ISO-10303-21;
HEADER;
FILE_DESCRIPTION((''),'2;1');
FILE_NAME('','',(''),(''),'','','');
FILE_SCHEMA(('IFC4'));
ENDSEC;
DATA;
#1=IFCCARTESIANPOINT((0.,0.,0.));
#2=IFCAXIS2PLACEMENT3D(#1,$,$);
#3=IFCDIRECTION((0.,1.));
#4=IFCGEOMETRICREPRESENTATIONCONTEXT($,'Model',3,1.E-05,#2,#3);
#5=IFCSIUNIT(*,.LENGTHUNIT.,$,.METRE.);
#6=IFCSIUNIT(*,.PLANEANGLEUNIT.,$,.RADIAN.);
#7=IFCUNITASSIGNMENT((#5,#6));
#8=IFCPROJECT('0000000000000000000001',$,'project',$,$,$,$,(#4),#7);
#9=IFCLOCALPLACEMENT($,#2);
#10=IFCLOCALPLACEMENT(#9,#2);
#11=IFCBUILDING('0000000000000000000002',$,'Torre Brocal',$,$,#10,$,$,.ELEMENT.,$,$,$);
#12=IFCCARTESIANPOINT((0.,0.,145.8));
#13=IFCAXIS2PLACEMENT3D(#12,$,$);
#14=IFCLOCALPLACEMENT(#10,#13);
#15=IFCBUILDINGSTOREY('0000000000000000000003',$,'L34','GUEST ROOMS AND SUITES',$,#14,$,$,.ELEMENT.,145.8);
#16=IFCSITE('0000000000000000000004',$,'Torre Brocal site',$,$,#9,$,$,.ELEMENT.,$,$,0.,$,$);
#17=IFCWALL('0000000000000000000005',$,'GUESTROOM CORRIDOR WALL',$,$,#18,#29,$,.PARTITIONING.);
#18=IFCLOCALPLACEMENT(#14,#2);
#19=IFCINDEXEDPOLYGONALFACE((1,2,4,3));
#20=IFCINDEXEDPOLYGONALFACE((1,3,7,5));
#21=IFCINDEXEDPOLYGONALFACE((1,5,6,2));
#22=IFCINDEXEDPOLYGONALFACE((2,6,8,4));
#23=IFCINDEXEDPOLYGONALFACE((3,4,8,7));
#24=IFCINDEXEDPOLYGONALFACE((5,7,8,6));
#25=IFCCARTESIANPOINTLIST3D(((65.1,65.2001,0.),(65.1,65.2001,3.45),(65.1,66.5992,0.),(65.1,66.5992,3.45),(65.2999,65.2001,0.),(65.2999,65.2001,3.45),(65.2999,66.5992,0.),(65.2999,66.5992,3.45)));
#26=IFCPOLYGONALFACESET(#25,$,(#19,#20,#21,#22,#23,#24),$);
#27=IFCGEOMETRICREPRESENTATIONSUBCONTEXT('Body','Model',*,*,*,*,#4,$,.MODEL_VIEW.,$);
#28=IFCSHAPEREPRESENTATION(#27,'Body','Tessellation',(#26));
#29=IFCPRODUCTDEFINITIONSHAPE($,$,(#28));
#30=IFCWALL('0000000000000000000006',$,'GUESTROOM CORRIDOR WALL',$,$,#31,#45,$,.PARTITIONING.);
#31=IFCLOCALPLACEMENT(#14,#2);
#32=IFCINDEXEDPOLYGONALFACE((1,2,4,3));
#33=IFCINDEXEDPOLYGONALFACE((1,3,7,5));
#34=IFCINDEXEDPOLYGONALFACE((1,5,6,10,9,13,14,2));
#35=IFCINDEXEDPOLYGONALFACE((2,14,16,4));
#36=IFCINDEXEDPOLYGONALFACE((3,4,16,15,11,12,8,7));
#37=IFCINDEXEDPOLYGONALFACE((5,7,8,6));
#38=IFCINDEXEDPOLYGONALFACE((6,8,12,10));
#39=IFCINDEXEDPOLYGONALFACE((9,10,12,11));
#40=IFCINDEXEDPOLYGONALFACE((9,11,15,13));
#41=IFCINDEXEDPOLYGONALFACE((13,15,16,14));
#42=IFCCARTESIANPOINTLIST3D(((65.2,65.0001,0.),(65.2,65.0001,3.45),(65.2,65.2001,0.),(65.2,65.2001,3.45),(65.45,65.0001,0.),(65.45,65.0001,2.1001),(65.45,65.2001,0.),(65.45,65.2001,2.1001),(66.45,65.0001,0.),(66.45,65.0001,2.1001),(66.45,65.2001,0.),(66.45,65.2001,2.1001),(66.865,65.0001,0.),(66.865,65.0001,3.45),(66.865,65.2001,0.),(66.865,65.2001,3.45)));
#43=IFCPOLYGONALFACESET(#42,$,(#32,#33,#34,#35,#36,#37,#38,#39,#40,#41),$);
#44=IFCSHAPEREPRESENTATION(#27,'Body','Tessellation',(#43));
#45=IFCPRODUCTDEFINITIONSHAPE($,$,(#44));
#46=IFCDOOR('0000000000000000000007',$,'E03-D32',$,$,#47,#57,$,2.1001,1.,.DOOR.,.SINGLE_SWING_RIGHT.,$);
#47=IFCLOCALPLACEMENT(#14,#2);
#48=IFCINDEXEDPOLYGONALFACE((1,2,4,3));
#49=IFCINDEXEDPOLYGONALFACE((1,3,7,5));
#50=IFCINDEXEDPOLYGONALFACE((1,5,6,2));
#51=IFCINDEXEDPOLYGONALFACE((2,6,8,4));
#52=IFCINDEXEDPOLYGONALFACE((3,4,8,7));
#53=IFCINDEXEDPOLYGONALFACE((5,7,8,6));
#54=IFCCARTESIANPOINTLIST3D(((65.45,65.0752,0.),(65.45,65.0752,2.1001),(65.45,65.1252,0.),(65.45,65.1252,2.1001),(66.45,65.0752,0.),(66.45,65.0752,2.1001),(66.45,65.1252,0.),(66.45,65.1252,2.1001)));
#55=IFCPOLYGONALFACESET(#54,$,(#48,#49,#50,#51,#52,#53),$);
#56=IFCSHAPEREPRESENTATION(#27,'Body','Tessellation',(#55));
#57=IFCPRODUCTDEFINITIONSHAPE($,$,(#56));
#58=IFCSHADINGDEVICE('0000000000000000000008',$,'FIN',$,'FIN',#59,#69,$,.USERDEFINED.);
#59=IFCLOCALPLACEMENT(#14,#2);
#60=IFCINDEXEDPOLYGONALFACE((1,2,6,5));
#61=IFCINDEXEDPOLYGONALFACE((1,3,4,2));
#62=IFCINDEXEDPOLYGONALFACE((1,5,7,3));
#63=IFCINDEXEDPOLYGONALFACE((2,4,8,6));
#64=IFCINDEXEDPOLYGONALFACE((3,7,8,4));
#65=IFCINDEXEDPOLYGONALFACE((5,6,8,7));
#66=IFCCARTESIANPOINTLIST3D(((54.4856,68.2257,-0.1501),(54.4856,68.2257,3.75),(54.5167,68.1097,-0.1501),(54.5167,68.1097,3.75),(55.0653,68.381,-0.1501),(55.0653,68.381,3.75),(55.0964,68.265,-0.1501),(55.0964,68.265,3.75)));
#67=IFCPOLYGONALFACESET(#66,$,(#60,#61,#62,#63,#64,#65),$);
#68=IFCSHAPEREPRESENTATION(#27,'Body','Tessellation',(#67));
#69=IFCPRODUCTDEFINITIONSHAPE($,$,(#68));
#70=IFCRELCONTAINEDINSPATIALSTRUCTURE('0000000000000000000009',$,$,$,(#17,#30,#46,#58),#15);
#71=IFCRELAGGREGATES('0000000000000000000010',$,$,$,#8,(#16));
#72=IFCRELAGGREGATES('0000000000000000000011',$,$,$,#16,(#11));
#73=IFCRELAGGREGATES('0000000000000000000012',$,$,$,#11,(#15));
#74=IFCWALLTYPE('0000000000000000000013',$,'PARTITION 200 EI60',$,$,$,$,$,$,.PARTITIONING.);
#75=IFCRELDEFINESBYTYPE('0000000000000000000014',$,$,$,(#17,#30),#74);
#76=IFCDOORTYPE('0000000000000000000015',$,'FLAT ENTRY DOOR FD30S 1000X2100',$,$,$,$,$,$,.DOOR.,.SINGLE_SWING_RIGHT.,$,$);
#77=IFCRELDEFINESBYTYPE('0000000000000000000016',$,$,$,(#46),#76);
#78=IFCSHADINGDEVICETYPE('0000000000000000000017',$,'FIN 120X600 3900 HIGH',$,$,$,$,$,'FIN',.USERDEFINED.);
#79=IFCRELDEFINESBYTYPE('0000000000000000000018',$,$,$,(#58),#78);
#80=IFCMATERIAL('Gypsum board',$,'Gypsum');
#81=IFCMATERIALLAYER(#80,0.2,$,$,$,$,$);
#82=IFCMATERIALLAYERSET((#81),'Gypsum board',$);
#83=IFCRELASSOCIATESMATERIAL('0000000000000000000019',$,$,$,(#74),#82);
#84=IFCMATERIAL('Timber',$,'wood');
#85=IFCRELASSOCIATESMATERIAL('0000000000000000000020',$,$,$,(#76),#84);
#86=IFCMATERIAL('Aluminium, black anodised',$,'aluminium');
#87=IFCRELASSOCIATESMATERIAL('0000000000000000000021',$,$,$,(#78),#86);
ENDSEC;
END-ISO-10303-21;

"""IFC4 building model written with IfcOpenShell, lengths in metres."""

from ifc_helpers import new_model, si_unit, direction, frame, frame_2d, origin, origin_2d, place, context, subcontext, project, spatial, rectangle, extrude, material, layer, layer_set, material_profile, profile_set, type_object, element, fill, save


model = new_model("IFC4")

# Units and contexts
model_context = context("Model", 3, precision=1e-05, world=origin(), true_north=direction((0.0, 1.0)))
body_context = subcontext(model_context, "Body", "Model", "MODEL_VIEW")
ifc_project = project(units=[si_unit("LENGTHUNIT", "METRE"), si_unit("PLANEANGLEUNIT", "RADIAN")], contexts=[model_context])

# Site, building, storey
site_placement = place(None, origin())
site = spatial("IfcSite", under=ifc_project, at=site_placement, Name="Torre Brocal site", CompositionType="ELEMENT", RefElevation=0.0)
building_placement = place(site_placement, origin())
building = spatial("IfcBuilding", under=site, at=building_placement, Name="Torre Brocal", CompositionType="ELEMENT")
storey_placement = place(building_placement, frame((0.0, 0.0, 145.8)))
storey = spatial("IfcBuildingStorey", under=building, at=storey_placement, Name="L34", Description="GUEST ROOMS AND SUITES", CompositionType="ELEMENT", Elevation=145.8)

# Wall
ifc_material_1 = material(Name="Gypsum board", Category="Gypsum")
ifc_layer_1 = layer(ifc_material_1, 0.2)
ifc_layer_set_1 = layer_set([ifc_layer_1], Name="Gypsum board")
wall_type_1 = type_object("IfcWallType", Name="PARTITION 200 EI60", PredefinedType="PARTITIONING", material=ifc_layer_set_1)
wall_1_placement = place(storey_placement, frame((65.2, 65.2, 0.0), z_axis=(0.0, 0.0, 1.0), x_axis=(0.0, 1.0, 0.0)))
element("IfcWall", 1, at=wall_1_placement, inside=storey, type_object=wall_type_1, Name="GUESTROOM CORRIDOR WALL", PredefinedType="PARTITIONING", context=body_context, shape_type="SweptSolid", body=[
    extrude(rectangle(XDim=1.3992, YDim=0.2, at=frame_2d((0.6997, 0.0))), origin(), (0.0, 0.0, 1.0), 3.45),
])

# Wall, opening, door
wall_2_placement = place(storey_placement, frame((65.2, 65.1001, 0.0), z_axis=(0.0, 0.0, 1.0), x_axis=(1.0, 0.0, 0.0)))
wall_2 = element("IfcWall", 2, at=wall_2_placement, inside=storey, type_object=wall_type_1, Name="GUESTROOM CORRIDOR WALL", PredefinedType="PARTITIONING", context=body_context, shape_type="SweptSolid", body=[
    extrude(rectangle(XDim=1.665, YDim=0.2, at=frame_2d((0.8325, 0.0))), origin(), (0.0, 0.0, 1.0), 3.45),
])
opening_1_placement = place(wall_2_placement, frame((0.25, 0.0, 0.0)))
opening_1 = element("IfcOpeningElement", 3, at=opening_1_placement, cuts=wall_2, PredefinedType="OPENING", context=body_context, shape_type="SweptSolid", body=[
    extrude(rectangle(XDim=1.0, YDim=2.1001, at=frame_2d((0.5, 1.05))), frame((0.0, 0.1099, 0.0), z_axis=(0.0, -1.0, 0.0), x_axis=(1.0, 0.0, 0.0)), (0.0, 0.0, 1.0), 0.22),
])
ifc_material_2 = material(Name="Timber", Category="wood")
door_type_1 = type_object("IfcDoorType", Name="FLAT ENTRY DOOR FD30S 1000X2100", OperationType="SINGLE_SWING_RIGHT", PredefinedType="DOOR", material=ifc_material_2)
door_1_placement = place(opening_1_placement, frame((1.0, 0.0, 0.0), z_axis=(0.0, 0.0, 1.0), x_axis=(-1.0, 0.0, 0.0)))
door_1 = element("IfcDoor", 4, at=door_1_placement, inside=storey, type_object=door_type_1, Name="E03-D32", OperationType="SINGLE_SWING_RIGHT", OverallHeight=2.1001, OverallWidth=1.0, PredefinedType="DOOR", context=body_context, shape_type="SweptSolid", body=[
    extrude(rectangle(XDim=1.0, YDim=2.1001, at=frame_2d((0.5, 1.05))), frame((0.0, 0.0249, 0.0), z_axis=(0.0, -1.0, 0.0), x_axis=(1.0, 0.0, 0.0)), (0.0, 0.0, 1.0), 0.05),
])
fill(opening_1, door_1)

# Shading device
ifc_material_3 = material(Name="Aluminium, black anodised", Category="aluminium")
ifc_material_profile_1 = material_profile(ifc_material_3, rectangle(XDim=0.1201, YDim=0.6001, at=origin_2d()), Name="FIN 120X600 3900 HIGH")
ifc_profile_set_1 = profile_set([ifc_material_profile_1], Name="Aluminium, black anodised")
shading_device_type = type_object("IfcShadingDeviceType", Name="FIN 120X600 3900 HIGH", ElementType="FIN", PredefinedType="USERDEFINED", material=ifc_profile_set_1)
shading_device_placement = place(storey_placement, frame((54.791, 68.2454, -0.1501), z_axis=(0.0, 0.0, 1.0), x_axis=(0.258819, -0.965926, 0.0)))
element("IfcShadingDevice", 5, at=shading_device_placement, inside=storey, type_object=shading_device_type, Name="FIN", ObjectType="FIN", PredefinedType="USERDEFINED", context=body_context, shape_type="SweptSolid", body=[
    extrude(rectangle(XDim=0.1201, YDim=0.6001, at=origin_2d()), origin(), (0.0, 0.0, 1.0), 3.9001),
])

save(model, "model.ifc")
